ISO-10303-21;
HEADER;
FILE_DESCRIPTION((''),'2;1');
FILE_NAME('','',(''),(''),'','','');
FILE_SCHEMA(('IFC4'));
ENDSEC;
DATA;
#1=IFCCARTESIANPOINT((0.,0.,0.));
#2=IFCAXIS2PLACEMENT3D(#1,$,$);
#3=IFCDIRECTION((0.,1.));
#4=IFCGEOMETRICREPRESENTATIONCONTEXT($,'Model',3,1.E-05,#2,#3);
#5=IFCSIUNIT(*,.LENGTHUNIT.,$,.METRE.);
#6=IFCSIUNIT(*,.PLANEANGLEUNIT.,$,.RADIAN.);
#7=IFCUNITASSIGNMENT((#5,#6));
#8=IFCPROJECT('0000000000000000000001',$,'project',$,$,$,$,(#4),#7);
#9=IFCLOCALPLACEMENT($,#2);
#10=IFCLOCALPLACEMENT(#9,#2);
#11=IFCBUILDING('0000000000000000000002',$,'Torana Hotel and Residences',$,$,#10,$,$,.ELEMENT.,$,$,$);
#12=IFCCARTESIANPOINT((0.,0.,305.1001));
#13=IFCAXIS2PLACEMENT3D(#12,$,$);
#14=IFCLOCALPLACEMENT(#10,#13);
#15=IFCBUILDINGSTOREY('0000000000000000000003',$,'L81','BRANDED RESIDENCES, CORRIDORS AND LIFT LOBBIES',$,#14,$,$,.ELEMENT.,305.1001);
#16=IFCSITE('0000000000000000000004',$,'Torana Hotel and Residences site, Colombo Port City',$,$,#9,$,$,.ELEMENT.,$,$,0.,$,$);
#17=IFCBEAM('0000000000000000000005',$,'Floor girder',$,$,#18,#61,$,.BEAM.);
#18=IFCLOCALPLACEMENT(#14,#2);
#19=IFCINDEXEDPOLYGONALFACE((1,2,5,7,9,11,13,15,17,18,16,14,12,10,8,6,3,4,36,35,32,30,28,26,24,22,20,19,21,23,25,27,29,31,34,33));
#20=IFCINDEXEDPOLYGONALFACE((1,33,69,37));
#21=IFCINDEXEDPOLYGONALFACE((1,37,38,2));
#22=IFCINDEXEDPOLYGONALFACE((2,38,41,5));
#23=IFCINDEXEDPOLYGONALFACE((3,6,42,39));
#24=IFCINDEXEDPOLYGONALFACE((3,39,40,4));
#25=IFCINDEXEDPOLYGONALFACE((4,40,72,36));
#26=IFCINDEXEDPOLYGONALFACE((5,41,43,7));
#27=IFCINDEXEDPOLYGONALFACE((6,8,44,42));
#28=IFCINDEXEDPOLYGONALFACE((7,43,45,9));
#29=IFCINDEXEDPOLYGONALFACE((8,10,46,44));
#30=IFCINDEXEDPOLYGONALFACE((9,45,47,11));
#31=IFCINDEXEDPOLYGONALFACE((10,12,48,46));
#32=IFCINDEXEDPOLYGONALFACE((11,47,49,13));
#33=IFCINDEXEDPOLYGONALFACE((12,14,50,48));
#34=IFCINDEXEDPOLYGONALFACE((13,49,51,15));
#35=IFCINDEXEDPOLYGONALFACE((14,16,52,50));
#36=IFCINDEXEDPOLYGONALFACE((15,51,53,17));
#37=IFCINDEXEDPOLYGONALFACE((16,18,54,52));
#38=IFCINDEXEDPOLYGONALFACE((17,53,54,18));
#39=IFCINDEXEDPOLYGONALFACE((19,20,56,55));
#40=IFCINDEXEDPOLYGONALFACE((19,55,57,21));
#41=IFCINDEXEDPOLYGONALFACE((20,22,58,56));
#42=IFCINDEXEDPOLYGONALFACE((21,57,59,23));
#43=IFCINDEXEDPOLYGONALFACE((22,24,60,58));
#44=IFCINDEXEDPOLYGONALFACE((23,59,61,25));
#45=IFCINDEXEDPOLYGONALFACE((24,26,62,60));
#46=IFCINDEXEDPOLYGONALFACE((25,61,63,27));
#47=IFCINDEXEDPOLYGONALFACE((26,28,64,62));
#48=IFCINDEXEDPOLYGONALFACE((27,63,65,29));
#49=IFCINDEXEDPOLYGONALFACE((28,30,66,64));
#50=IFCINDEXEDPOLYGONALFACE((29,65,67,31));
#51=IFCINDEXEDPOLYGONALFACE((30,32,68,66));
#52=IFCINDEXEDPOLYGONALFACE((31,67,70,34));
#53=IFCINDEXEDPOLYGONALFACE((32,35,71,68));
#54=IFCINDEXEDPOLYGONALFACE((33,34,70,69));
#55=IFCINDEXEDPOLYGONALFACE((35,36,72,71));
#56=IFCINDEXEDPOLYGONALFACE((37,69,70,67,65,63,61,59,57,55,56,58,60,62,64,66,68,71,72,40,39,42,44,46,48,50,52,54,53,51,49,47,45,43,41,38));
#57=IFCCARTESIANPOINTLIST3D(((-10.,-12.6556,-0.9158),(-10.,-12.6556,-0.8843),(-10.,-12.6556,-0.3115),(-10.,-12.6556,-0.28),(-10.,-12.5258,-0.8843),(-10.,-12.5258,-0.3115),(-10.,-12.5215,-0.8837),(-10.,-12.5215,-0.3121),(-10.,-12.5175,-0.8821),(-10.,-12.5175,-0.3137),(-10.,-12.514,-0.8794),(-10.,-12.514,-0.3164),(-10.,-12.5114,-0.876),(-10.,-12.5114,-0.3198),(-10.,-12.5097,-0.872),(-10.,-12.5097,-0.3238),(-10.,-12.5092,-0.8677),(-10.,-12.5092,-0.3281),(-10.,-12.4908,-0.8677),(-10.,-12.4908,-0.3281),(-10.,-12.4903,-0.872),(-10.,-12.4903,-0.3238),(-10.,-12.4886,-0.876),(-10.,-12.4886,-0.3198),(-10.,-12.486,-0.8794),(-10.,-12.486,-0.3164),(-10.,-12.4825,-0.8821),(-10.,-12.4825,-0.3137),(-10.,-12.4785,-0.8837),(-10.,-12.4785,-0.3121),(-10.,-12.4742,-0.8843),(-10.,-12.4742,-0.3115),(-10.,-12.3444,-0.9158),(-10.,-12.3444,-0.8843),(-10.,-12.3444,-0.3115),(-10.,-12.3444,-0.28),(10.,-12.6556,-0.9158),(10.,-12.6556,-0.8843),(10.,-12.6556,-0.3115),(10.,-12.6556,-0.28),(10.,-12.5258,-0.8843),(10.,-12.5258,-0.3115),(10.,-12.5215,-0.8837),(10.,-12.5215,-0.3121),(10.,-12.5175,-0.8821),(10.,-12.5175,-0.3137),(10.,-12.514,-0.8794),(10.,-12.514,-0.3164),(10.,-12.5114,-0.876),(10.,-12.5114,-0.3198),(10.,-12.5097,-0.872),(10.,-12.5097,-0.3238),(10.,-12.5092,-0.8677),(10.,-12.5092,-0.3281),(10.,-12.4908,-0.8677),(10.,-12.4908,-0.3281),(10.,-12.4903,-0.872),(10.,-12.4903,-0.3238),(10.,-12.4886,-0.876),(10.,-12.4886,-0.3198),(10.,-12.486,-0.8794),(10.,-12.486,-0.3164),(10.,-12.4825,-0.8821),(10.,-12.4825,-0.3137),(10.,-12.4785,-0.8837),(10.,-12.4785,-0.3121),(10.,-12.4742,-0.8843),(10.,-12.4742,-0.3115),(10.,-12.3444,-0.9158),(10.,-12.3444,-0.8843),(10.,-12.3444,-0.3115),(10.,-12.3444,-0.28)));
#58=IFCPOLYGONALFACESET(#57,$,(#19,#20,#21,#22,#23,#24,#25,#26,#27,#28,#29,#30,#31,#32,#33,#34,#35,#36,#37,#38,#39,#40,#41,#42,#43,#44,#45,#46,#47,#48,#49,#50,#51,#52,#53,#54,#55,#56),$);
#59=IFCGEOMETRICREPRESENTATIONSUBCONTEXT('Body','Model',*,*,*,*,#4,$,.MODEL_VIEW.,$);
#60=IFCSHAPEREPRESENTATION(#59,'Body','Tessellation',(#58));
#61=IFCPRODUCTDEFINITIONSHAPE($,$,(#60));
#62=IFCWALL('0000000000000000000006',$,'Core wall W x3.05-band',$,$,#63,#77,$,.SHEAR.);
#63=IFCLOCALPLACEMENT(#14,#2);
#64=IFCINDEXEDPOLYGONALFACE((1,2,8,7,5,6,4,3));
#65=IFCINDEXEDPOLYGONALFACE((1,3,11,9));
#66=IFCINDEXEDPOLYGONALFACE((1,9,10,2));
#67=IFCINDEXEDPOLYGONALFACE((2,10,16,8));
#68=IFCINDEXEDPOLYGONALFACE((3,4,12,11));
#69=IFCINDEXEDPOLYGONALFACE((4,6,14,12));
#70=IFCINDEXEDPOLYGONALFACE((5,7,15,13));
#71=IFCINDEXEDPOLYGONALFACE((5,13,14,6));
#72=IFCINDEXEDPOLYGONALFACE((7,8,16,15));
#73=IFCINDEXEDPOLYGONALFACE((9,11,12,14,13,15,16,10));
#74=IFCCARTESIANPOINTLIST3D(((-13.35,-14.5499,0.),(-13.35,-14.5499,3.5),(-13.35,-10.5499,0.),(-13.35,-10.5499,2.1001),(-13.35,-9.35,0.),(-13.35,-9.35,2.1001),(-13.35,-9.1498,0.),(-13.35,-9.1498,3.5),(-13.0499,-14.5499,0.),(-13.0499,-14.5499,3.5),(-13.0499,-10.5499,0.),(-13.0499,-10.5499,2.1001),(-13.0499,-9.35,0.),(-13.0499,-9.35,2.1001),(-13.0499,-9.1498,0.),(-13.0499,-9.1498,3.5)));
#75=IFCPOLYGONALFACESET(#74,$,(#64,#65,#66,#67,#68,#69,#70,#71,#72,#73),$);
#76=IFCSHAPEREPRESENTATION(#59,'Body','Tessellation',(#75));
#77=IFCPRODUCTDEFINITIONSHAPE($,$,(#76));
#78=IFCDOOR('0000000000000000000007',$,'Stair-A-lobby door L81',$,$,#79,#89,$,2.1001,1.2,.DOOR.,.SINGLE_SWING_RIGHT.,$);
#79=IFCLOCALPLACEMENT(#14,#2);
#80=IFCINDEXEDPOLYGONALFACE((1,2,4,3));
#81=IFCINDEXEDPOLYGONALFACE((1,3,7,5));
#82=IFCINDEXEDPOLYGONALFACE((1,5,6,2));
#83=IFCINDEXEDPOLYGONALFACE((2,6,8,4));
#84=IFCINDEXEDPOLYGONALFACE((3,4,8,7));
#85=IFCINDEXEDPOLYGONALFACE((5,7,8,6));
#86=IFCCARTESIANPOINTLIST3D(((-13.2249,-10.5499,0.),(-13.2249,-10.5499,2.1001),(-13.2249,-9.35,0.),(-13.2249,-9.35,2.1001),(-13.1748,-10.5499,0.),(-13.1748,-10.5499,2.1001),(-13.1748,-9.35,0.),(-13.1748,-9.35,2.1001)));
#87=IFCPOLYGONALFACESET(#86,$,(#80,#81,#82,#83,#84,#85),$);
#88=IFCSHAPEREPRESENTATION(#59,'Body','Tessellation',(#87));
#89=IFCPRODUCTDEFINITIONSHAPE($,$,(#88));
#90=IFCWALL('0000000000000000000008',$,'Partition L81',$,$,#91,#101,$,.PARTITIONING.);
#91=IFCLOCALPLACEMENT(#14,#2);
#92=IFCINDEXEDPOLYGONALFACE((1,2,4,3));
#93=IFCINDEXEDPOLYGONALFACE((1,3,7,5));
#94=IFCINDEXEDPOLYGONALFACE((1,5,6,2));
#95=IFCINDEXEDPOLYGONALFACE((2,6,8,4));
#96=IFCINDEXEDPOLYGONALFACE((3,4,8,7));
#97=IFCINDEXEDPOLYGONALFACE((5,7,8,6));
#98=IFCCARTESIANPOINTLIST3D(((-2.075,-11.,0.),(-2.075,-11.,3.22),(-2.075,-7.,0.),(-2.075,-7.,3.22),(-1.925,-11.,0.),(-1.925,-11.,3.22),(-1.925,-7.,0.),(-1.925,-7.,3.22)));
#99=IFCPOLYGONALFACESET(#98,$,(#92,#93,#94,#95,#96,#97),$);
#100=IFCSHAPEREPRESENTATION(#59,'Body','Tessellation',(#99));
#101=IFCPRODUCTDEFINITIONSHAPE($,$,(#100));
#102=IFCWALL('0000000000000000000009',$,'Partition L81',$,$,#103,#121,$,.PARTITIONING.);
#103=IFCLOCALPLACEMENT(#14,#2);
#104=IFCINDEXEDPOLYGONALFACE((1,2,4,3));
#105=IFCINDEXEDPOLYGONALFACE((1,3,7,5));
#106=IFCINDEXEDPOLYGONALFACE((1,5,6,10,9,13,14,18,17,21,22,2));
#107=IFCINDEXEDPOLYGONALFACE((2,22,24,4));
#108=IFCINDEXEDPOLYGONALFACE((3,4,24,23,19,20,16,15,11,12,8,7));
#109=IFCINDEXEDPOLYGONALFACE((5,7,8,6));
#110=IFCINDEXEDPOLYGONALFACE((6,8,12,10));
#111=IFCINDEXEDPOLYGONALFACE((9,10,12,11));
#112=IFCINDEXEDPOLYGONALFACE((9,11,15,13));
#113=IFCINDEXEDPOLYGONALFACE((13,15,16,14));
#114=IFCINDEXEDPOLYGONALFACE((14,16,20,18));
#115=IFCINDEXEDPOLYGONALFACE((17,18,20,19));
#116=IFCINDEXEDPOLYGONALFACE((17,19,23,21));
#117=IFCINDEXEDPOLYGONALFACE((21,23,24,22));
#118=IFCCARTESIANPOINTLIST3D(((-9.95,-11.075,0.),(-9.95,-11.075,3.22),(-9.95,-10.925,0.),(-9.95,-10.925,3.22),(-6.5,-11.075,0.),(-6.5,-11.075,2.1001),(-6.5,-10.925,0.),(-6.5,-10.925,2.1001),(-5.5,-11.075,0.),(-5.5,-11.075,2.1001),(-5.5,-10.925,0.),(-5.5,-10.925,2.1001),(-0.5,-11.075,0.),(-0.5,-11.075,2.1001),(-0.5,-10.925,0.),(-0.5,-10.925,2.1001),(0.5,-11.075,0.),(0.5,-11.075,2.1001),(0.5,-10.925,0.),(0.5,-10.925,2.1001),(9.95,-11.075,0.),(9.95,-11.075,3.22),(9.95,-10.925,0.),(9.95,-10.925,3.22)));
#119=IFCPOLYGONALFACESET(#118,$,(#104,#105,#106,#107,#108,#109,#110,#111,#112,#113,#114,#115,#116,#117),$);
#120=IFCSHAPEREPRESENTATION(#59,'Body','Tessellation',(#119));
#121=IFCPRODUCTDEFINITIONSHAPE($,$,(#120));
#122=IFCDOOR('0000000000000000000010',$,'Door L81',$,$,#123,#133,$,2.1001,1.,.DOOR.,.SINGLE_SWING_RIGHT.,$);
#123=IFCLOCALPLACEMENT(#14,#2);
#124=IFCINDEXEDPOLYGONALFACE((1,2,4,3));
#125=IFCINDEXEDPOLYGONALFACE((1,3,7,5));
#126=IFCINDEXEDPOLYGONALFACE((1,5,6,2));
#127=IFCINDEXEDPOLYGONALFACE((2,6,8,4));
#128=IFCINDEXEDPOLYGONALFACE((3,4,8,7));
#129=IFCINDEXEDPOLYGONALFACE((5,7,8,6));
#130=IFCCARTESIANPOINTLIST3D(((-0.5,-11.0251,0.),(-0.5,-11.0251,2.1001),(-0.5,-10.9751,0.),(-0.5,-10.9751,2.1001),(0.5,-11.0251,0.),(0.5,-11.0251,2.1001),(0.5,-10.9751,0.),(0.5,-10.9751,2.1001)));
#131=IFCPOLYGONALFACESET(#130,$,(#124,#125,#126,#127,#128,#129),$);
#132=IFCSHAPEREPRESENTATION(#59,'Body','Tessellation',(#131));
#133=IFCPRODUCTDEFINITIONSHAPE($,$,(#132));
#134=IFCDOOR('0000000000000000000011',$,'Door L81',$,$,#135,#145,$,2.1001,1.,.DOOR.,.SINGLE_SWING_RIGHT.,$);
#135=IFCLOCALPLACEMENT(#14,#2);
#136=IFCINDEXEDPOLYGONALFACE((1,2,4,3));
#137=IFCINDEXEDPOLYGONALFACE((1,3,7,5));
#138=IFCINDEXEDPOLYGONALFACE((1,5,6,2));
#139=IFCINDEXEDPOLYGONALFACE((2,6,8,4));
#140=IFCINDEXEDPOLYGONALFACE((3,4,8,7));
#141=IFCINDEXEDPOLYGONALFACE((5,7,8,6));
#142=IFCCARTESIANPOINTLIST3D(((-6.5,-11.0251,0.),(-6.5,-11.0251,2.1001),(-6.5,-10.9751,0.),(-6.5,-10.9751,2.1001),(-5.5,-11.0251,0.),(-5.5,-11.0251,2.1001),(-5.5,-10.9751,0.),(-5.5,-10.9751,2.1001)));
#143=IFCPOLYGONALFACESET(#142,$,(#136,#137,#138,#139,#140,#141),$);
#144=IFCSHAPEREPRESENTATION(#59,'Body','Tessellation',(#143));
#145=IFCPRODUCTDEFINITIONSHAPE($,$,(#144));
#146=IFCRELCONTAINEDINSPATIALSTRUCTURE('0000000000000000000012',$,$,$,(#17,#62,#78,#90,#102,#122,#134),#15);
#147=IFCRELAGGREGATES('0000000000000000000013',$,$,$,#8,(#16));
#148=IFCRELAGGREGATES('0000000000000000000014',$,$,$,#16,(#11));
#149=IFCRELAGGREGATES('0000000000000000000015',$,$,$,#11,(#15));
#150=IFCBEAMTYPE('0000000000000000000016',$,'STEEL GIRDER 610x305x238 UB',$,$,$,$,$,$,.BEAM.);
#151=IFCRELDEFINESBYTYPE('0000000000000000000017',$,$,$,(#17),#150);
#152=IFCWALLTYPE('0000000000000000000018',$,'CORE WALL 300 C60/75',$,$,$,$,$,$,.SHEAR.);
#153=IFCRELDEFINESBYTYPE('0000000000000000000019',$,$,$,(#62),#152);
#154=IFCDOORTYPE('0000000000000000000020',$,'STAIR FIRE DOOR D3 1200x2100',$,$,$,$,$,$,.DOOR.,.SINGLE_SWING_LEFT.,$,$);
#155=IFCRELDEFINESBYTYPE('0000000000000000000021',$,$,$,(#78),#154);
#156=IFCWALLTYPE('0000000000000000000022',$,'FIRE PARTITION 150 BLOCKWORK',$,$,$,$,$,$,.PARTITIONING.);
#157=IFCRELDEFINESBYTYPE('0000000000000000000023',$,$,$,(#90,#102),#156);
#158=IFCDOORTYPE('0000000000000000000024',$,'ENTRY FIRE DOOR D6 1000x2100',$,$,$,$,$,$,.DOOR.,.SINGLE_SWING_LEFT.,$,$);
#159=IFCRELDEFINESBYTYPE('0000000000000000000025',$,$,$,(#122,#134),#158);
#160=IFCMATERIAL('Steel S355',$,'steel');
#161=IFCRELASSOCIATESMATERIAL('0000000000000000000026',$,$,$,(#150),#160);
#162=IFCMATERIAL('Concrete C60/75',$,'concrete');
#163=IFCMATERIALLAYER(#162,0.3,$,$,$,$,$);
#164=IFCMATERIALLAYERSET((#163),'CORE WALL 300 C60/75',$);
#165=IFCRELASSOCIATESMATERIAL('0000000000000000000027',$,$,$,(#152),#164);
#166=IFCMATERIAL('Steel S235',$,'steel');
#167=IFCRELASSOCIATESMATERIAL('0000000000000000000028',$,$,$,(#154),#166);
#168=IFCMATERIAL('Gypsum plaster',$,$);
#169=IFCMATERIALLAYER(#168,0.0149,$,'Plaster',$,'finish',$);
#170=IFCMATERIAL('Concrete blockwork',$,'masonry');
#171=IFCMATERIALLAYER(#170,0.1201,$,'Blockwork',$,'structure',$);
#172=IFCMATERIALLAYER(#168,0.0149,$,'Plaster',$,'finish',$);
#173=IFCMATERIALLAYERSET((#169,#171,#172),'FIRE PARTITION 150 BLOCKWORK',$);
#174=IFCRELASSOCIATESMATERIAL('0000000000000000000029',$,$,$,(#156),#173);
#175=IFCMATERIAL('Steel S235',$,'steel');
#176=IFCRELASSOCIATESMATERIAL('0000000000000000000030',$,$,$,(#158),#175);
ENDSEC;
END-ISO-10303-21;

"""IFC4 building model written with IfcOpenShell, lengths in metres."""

from ifc_helpers import new_model, si_unit, direction, frame, frame_2d, origin, origin_2d, place, context, subcontext, project, spatial, rectangle, i_section, extrude, material, layer, layer_set, material_profile, profile_set, type_object, element, fill, save


model = new_model("IFC4")

# Units and contexts
model_context = context("Model", 3, precision=1e-05, world=origin(), true_north=direction((0.0, 1.0)))
body_context = subcontext(model_context, "Body", "Model", "MODEL_VIEW")
ifc_project = project(units=[si_unit("LENGTHUNIT", "METRE"), si_unit("PLANEANGLEUNIT", "RADIAN")], contexts=[model_context])

# Site, building, storey
site_placement = place(None, origin())
site = spatial("IfcSite", under=ifc_project, at=site_placement, Name="Torana Hotel and Residences site, Colombo Port City", CompositionType="ELEMENT", RefElevation=0.0)
building_placement = place(site_placement, origin())
building = spatial("IfcBuilding", under=site, at=building_placement, Name="Torana Hotel and Residences", CompositionType="ELEMENT")
storey_placement = place(building_placement, frame((0.0, 0.0, 305.1001)))
storey = spatial("IfcBuildingStorey", under=building, at=storey_placement, Name="L81", Description="BRANDED RESIDENCES, CORRIDORS AND LIFT LOBBIES", CompositionType="ELEMENT", Elevation=305.1001)

# Beam
ifc_material_1 = material(Name="Steel S355", Category="steel")
ifc_material_profile = material_profile(ifc_material_1, i_section(OverallWidth=0.3113, OverallDepth=0.6357, WebThickness=0.0183, FlangeThickness=0.0315, FilletRadius=0.0166, at=origin_2d()), Name="610x305x238 UB")
ifc_profile_set = profile_set([ifc_material_profile], Name="Steel S355")
beam_type = type_object("IfcBeamType", Name="STEEL GIRDER 610x305x238 UB", PredefinedType="BEAM", material=ifc_profile_set)
beam_placement = place(storey_placement, frame((-10.0, -12.5, -0.5979), z_axis=(1.0, 0.0, 0.0), x_axis=(0.0, 1.0, 0.0)))
element("IfcBeam", 1, at=beam_placement, inside=storey, type_object=beam_type, Name="Floor girder", PredefinedType="BEAM", context=body_context, shape_type="SweptSolid", body=[
    extrude(i_section(OverallWidth=0.3113, OverallDepth=0.6357, WebThickness=0.0183, FlangeThickness=0.0315, FilletRadius=0.0166, at=origin_2d()), origin(), (0.0, 0.0, 1.0), 20.0),
])

# Wall, opening, door
ifc_material_2 = material(Name="Concrete C60/75", Category="concrete")
ifc_layer_1 = layer(ifc_material_2, 0.3)
ifc_layer_set_1 = layer_set([ifc_layer_1], Name="CORE WALL 300 C60/75")
wall_type_1 = type_object("IfcWallType", Name="CORE WALL 300 C60/75", PredefinedType="SHEAR", material=ifc_layer_set_1)
wall_1_placement = place(storey_placement, frame((-13.2, -14.55, 0.0), z_axis=(0.0, 0.0, 1.0), x_axis=(0.0, 1.0, 0.0)))
wall_1 = element("IfcWall", 2, at=wall_1_placement, inside=storey, type_object=wall_type_1, Name="Core wall W x3.05-band", PredefinedType="SHEAR", context=body_context, shape_type="SweptSolid", body=[
    extrude(rectangle(XDim=5.4001, YDim=0.3, at=frame_2d((2.7002, 0.0))), origin(), (0.0, 0.0, 1.0), 3.5),
])
opening_1_placement = place(wall_1_placement, frame((4.0, 0.0, 0.0)))
opening_1 = element("IfcOpeningElement", 3, at=opening_1_placement, cuts=wall_1, PredefinedType="OPENING", context=body_context, shape_type="SweptSolid", body=[
    extrude(rectangle(XDim=1.2, YDim=2.1001, at=frame_2d((0.6001, 1.05))), frame((0.0, 0.1599, 0.0), z_axis=(0.0, -1.0, 0.0), x_axis=(1.0, 0.0, 0.0)), (0.0, 0.0, 1.0), 0.3201),
])
ifc_material_3 = material(Name="Steel S235", Category="steel")
door_type_1 = type_object("IfcDoorType", Name="STAIR FIRE DOOR D3 1200x2100", OperationType="SINGLE_SWING_LEFT", PredefinedType="DOOR", material=ifc_material_3)
door_1_placement = place(opening_1_placement, frame((0.6001, 0.0, 0.0), z_axis=(0.0, 0.0, 1.0), x_axis=(-1.0, 0.0, 0.0)))
door_1 = element("IfcDoor", 4, at=door_1_placement, inside=storey, type_object=door_type_1, Name="Stair-A-lobby door L81", OperationType="SINGLE_SWING_RIGHT", OverallHeight=2.1001, OverallWidth=1.2, PredefinedType="DOOR", context=body_context, shape_type="SweptSolid", body=[
    extrude(rectangle(XDim=1.2, YDim=2.1001, at=frame_2d((0.0, 1.05))), frame((0.0, -0.0249, 0.0), z_axis=(0.0, 1.0, 0.0), x_axis=(-1.0, 0.0, 0.0)), (0.0, 0.0, 1.0), 0.05),
])
fill(opening_1, door_1)

# Wall
ifc_material_4 = material(Name="Gypsum plaster")
ifc_layer_2 = layer(ifc_material_4, 0.0149, Name="Plaster", Category="finish")
ifc_material_5 = material(Name="Concrete blockwork", Category="masonry")
ifc_layer_3 = layer(ifc_material_5, 0.1201, Name="Blockwork", Category="structure")
ifc_layer_4 = layer(ifc_material_4, 0.0149, Name="Plaster", Category="finish")
ifc_layer_set_2 = layer_set([ifc_layer_2, ifc_layer_3, ifc_layer_4], Name="FIRE PARTITION 150 BLOCKWORK")
wall_type_2 = type_object("IfcWallType", Name="FIRE PARTITION 150 BLOCKWORK", PredefinedType="PARTITIONING", material=ifc_layer_set_2)
wall_2_placement = place(storey_placement, frame((-2.0, -11.0, 0.0), z_axis=(0.0, 0.0, 1.0), x_axis=(0.0, 1.0, 0.0)))
element("IfcWall", 5, at=wall_2_placement, inside=storey, type_object=wall_type_2, Name="Partition L81", PredefinedType="PARTITIONING", context=body_context, shape_type="SweptSolid", body=[
    extrude(rectangle(XDim=4.0, YDim=0.1499, at=frame_2d((2.0, 0.0))), origin(), (0.0, 0.0, 1.0), 3.22),
])

# Wall, openings, doors
wall_3_placement = place(storey_placement, frame((-9.95, -11.0, 0.0), z_axis=(0.0, 0.0, 1.0), x_axis=(1.0, 0.0, 0.0)))
wall_3 = element("IfcWall", 6, at=wall_3_placement, inside=storey, type_object=wall_type_2, Name="Partition L81", PredefinedType="PARTITIONING", context=body_context, shape_type="SweptSolid", body=[
    extrude(rectangle(XDim=19.8999, YDim=0.1499, at=frame_2d((9.95, 0.0))), origin(), (0.0, 0.0, 1.0), 3.22),
])
opening_2_placement = place(wall_3_placement, frame((9.45, 0.0, 0.0)))
opening_2 = element("IfcOpeningElement", 7, at=opening_2_placement, cuts=wall_3, PredefinedType="OPENING", context=body_context, shape_type="SweptSolid", body=[
    extrude(rectangle(XDim=1.0, YDim=2.1001, at=frame_2d((0.5, 1.05))), frame((0.0, 0.085, 0.0), z_axis=(0.0, -1.0, 0.0), x_axis=(1.0, 0.0, 0.0)), (0.0, 0.0, 1.0), 0.1699),
])
opening_3_placement = place(wall_3_placement, frame((3.45, 0.0, 0.0)))
opening_3 = element("IfcOpeningElement", 8, at=opening_3_placement, cuts=wall_3, PredefinedType="OPENING", context=body_context, shape_type="SweptSolid", body=[
    extrude(rectangle(XDim=1.0, YDim=2.1001, at=frame_2d((0.5, 1.05))), frame((0.0, 0.085, 0.0), z_axis=(0.0, -1.0, 0.0), x_axis=(1.0, 0.0, 0.0)), (0.0, 0.0, 1.0), 0.1699),
])
ifc_material_6 = material(Name="Steel S235", Category="steel")
door_type_2 = type_object("IfcDoorType", Name="ENTRY FIRE DOOR D6 1000x2100", OperationType="SINGLE_SWING_LEFT", PredefinedType="DOOR", material=ifc_material_6)
door_2_placement = place(opening_2_placement, origin())
door_2 = element("IfcDoor", 9, at=door_2_placement, inside=storey, type_object=door_type_2, Name="Door L81", OperationType="SINGLE_SWING_RIGHT", OverallHeight=2.1001, OverallWidth=1.0, PredefinedType="DOOR", context=body_context, shape_type="SweptSolid", body=[
    extrude(rectangle(XDim=1.0, YDim=2.1001, at=frame_2d((0.5, 1.05))), frame((0.0, 0.0249, 0.0), z_axis=(0.0, -1.0, 0.0), x_axis=(1.0, 0.0, 0.0)), (0.0, 0.0, 1.0), 0.05),
])
fill(opening_2, door_2)
door_3_placement = place(opening_3_placement, origin())
door_3 = element("IfcDoor", 10, at=door_3_placement, inside=storey, type_object=door_type_2, Name="Door L81", OperationType="SINGLE_SWING_RIGHT", OverallHeight=2.1001, OverallWidth=1.0, PredefinedType="DOOR", context=body_context, shape_type="SweptSolid", body=[
    extrude(rectangle(XDim=1.0, YDim=2.1001, at=frame_2d((0.5, 1.05))), frame((0.0, 0.0249, 0.0), z_axis=(0.0, -1.0, 0.0), x_axis=(1.0, 0.0, 0.0)), (0.0, 0.0, 1.0), 0.05),
])
fill(opening_3, door_3)

save(model, "model.ifc")
